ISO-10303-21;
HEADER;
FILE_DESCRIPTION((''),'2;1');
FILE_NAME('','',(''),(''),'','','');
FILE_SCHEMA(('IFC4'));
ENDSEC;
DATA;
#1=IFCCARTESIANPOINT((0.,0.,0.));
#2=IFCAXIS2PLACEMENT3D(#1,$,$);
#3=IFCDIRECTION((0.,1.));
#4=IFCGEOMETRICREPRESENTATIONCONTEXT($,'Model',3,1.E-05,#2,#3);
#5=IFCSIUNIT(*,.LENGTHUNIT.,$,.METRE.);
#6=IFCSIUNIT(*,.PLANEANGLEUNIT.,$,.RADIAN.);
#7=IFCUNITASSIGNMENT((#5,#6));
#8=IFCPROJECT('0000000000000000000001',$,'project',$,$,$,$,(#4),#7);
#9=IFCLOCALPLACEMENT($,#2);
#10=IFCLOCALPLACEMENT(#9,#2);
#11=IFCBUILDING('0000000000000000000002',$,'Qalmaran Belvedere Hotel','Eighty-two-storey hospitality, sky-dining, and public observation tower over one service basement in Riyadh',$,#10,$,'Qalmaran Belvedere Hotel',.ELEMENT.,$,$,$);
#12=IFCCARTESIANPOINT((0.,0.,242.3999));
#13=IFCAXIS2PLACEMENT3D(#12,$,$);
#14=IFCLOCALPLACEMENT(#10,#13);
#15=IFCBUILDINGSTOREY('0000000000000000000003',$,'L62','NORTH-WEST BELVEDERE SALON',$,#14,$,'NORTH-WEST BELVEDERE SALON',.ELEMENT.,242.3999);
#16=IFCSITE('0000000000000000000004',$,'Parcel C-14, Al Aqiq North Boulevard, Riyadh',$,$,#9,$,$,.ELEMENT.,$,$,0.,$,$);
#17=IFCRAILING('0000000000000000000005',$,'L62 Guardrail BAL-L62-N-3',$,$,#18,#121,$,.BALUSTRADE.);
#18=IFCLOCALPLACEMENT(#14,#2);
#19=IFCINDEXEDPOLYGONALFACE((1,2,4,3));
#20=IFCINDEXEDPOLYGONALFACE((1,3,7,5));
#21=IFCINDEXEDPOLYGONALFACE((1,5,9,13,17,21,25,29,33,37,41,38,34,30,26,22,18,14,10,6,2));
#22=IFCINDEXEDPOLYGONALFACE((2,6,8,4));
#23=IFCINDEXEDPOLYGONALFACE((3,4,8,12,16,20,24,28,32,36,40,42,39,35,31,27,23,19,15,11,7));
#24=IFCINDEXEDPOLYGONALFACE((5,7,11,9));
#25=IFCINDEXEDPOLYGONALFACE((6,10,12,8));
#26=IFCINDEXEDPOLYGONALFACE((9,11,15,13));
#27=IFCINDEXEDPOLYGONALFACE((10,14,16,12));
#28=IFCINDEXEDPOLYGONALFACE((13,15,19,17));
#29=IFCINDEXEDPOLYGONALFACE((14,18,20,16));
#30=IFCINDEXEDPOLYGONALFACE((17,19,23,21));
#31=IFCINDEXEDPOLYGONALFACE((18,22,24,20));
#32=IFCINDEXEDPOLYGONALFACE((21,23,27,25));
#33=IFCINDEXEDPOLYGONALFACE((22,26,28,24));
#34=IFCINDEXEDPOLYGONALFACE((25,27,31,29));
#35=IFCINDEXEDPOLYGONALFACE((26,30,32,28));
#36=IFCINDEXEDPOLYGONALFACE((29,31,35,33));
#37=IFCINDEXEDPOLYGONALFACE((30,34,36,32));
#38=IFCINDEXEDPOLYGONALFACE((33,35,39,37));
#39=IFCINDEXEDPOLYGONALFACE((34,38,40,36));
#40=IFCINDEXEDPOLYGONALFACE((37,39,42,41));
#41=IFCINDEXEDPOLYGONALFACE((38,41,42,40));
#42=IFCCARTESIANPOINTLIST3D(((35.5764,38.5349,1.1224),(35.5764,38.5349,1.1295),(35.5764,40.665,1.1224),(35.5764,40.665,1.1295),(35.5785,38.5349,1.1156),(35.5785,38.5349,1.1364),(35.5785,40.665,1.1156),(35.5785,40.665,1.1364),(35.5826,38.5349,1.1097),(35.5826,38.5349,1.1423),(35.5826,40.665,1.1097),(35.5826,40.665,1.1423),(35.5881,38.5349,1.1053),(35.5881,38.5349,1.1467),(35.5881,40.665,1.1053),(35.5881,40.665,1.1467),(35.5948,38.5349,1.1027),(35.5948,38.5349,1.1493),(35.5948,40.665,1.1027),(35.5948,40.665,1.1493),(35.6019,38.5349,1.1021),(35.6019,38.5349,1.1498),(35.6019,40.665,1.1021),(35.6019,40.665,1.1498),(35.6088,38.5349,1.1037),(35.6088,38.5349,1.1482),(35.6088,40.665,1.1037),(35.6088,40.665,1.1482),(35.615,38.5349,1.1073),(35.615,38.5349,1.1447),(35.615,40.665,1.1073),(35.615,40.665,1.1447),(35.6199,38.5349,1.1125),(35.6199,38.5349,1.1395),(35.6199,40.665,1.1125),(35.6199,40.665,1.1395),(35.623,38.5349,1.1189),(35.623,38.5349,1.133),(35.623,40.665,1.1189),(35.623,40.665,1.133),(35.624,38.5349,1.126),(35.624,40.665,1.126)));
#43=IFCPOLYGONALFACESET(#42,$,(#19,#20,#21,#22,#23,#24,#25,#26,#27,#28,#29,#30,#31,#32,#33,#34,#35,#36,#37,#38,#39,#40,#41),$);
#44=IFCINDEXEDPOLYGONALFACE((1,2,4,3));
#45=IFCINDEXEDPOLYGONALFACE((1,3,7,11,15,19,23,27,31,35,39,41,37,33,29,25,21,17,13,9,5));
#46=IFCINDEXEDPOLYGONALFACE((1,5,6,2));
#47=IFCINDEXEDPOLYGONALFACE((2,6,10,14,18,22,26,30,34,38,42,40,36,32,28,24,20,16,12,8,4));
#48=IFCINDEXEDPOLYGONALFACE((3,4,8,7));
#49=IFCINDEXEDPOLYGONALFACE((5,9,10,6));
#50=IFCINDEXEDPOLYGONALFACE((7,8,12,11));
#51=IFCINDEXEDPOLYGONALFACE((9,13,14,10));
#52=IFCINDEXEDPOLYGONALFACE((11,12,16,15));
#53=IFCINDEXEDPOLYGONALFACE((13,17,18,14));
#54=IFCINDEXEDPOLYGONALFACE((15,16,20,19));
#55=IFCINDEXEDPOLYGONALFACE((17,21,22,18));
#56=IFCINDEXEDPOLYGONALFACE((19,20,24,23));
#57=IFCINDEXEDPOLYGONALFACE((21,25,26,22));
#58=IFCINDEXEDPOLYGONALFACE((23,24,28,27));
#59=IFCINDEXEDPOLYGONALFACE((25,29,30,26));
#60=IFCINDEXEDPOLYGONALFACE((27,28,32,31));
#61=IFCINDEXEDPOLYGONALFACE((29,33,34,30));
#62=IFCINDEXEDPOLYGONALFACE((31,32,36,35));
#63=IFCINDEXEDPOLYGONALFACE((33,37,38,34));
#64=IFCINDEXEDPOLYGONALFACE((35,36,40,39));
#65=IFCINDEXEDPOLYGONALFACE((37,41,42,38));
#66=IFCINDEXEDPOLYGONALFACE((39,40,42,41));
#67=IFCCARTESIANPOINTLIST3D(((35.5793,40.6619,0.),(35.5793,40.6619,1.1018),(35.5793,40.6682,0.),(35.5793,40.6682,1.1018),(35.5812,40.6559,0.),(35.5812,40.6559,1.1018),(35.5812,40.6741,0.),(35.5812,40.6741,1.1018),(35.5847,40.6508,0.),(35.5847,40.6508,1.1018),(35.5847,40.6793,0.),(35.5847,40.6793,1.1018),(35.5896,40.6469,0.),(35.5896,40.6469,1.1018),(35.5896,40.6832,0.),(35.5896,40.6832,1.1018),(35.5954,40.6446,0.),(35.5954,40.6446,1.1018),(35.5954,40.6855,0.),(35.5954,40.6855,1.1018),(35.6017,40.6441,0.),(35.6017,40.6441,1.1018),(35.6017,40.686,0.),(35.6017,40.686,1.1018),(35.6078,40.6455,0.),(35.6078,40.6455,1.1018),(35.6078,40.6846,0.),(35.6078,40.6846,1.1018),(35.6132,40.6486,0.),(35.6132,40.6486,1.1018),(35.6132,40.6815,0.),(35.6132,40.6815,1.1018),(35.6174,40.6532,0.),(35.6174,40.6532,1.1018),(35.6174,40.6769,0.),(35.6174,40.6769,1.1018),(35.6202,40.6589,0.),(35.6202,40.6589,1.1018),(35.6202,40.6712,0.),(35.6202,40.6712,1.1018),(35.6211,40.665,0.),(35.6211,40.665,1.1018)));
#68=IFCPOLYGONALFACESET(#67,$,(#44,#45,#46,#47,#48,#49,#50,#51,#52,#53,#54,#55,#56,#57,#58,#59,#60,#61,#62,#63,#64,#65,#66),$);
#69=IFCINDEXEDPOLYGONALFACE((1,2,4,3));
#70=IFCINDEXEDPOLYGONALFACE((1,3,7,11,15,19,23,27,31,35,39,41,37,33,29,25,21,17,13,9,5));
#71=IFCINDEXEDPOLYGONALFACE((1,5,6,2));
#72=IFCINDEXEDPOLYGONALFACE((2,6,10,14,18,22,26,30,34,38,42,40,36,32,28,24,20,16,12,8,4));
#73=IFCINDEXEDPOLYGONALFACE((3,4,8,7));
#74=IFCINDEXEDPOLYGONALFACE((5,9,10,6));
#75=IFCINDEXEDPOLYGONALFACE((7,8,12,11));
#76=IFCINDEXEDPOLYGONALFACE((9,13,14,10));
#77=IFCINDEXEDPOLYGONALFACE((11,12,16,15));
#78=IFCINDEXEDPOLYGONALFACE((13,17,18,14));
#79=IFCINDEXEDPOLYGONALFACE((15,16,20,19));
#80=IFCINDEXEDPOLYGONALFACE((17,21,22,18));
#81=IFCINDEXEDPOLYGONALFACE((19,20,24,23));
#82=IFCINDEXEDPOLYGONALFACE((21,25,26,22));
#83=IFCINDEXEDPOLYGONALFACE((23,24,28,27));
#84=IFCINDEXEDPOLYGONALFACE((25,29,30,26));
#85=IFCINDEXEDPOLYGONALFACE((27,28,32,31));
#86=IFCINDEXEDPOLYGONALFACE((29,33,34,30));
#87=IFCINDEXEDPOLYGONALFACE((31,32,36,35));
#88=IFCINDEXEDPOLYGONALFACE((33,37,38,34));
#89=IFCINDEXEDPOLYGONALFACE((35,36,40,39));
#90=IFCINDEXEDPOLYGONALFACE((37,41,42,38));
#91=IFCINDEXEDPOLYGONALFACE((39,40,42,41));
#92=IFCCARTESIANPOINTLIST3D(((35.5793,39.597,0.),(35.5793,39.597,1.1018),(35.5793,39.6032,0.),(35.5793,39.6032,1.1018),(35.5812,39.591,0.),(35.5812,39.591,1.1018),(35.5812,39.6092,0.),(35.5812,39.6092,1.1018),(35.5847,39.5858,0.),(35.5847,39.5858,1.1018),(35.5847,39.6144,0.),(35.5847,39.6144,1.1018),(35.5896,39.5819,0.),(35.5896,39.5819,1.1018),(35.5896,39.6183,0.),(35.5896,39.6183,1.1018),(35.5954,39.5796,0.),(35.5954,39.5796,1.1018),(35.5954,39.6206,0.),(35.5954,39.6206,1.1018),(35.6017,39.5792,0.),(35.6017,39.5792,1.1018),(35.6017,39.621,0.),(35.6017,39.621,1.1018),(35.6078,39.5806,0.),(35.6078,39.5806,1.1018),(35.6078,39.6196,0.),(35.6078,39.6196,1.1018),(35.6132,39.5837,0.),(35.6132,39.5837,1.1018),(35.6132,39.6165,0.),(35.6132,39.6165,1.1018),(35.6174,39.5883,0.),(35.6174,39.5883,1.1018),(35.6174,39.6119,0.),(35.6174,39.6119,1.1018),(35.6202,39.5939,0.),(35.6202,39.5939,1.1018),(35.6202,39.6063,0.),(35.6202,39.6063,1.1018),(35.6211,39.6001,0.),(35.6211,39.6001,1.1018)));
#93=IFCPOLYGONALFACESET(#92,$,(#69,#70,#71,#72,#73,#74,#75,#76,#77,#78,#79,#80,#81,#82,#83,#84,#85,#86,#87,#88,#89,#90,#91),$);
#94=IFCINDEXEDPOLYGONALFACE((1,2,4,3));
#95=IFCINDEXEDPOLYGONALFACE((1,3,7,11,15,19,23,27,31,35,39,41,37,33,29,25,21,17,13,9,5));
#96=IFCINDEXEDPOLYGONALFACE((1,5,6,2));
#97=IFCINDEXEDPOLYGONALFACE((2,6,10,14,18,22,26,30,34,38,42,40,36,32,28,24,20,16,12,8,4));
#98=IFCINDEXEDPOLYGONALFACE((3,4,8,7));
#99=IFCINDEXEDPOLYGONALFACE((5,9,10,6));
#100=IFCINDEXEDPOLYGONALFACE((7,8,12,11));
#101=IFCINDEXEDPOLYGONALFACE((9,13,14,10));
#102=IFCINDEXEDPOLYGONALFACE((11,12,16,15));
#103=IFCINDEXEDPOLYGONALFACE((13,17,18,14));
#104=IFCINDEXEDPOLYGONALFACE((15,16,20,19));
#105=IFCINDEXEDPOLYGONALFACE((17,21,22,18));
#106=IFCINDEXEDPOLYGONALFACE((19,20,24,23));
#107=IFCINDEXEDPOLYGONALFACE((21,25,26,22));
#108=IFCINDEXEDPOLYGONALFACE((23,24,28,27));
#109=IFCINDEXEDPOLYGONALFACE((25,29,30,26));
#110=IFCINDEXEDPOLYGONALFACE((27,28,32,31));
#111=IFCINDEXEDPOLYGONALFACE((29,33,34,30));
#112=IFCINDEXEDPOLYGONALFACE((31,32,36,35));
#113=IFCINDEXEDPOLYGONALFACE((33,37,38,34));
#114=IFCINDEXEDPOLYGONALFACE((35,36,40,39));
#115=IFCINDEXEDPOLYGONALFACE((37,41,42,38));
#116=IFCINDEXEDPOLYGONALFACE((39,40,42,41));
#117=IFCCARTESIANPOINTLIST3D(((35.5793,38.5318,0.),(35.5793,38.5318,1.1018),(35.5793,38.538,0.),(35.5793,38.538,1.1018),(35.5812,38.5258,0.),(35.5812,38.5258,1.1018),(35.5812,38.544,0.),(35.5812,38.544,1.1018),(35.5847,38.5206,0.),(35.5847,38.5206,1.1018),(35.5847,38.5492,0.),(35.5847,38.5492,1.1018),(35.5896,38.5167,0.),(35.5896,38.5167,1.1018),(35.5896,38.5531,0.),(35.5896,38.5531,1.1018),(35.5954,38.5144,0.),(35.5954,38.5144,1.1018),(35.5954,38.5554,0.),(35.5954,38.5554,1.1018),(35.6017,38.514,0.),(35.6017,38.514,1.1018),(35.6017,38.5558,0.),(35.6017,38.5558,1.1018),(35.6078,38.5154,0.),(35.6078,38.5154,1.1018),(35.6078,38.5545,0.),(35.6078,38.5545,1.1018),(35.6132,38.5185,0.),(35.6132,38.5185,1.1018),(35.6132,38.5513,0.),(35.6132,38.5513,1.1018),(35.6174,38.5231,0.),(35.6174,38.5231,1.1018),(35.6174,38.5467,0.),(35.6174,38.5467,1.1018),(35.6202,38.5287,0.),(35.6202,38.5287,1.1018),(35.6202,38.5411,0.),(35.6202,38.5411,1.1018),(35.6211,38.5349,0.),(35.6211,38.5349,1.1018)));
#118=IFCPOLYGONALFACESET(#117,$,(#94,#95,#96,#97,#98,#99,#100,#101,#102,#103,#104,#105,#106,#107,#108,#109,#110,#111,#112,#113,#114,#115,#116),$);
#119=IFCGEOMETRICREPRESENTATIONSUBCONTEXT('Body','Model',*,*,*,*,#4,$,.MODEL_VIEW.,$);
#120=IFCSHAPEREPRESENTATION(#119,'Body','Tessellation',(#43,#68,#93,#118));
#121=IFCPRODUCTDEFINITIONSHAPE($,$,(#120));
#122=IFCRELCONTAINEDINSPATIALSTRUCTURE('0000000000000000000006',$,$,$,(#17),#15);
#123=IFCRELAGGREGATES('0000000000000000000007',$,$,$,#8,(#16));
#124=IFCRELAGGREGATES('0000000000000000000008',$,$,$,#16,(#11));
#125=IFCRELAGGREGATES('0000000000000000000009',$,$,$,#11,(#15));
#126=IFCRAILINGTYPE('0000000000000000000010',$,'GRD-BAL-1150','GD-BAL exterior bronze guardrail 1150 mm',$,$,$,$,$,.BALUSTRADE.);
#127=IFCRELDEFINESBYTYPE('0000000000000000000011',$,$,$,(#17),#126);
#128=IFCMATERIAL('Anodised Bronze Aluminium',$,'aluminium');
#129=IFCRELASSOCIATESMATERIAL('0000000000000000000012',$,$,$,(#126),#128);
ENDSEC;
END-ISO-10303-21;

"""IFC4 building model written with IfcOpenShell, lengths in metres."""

from ifc_helpers import new_model, si_unit, direction, frame, origin, origin_2d, place, context, subcontext, project, spatial, circle, extrude, material, type_object, element, save


model = new_model("IFC4")

# Units and contexts
model_context = context("Model", 3, precision=1e-05, world=origin(), true_north=direction((0.0, 1.0)))
body_context = subcontext(model_context, "Body", "Model", "MODEL_VIEW")
ifc_project = project(units=[si_unit("LENGTHUNIT", "METRE"), si_unit("PLANEANGLEUNIT", "RADIAN")], contexts=[model_context])

# Site, building, storey
site_placement = place(None, origin())
site = spatial("IfcSite", under=ifc_project, at=site_placement, Name="Parcel C-14, Al Aqiq North Boulevard, Riyadh", CompositionType="ELEMENT", RefElevation=0.0)
building_placement = place(site_placement, origin())
building = spatial("IfcBuilding", under=site, at=building_placement, Name="Qalmaran Belvedere Hotel", Description="Eighty-two-storey hospitality, sky-dining, and public observation tower over one service basement in Riyadh", LongName="Qalmaran Belvedere Hotel", CompositionType="ELEMENT")
storey_placement = place(building_placement, frame((0.0, 0.0, 242.3999)))
storey = spatial("IfcBuildingStorey", under=building, at=storey_placement, Name="L62", Description="NORTH-WEST BELVEDERE SALON", LongName="NORTH-WEST BELVEDERE SALON", CompositionType="ELEMENT", Elevation=242.3999)

# Shared definitions
ifc_material_1 = material(Name="Anodised Bronze Aluminium", Category="aluminium")

# Railing
railing_type = type_object("IfcRailingType", Name="GRD-BAL-1150", Description="GD-BAL exterior bronze guardrail 1150 mm", PredefinedType="BALUSTRADE", material=ifc_material_1)
railing_1_placement = place(storey_placement, frame((35.6001, 40.665, 0.0)))
element("IfcRailing", 1, at=railing_1_placement, inside=storey, type_object=railing_type, Name="L62 Guardrail BAL-L62-N-3", PredefinedType="BALUSTRADE", context=body_context, shape_type="SweptSolid", body=[
    extrude(circle(Radius=0.0239, at=origin_2d()), frame((0.0, 0.0, 1.126), z_axis=(0.0, -1.0, 0.0), x_axis=(1.0, 0.0, 0.0)), (0.0, 0.0, 1.0), 2.1301),
    extrude(circle(Radius=0.021, at=origin_2d()), origin(), (0.0, 0.0, 1.0), 1.1018),
    extrude(circle(Radius=0.021, at=origin_2d()), frame((0.0, -1.0649, 0.0)), (0.0, 0.0, 1.0), 1.1018),
    extrude(circle(Radius=0.021, at=origin_2d()), frame((0.0, -2.1301, 0.0)), (0.0, 0.0, 1.0), 1.1018),
])

save(model, "model.ifc")
